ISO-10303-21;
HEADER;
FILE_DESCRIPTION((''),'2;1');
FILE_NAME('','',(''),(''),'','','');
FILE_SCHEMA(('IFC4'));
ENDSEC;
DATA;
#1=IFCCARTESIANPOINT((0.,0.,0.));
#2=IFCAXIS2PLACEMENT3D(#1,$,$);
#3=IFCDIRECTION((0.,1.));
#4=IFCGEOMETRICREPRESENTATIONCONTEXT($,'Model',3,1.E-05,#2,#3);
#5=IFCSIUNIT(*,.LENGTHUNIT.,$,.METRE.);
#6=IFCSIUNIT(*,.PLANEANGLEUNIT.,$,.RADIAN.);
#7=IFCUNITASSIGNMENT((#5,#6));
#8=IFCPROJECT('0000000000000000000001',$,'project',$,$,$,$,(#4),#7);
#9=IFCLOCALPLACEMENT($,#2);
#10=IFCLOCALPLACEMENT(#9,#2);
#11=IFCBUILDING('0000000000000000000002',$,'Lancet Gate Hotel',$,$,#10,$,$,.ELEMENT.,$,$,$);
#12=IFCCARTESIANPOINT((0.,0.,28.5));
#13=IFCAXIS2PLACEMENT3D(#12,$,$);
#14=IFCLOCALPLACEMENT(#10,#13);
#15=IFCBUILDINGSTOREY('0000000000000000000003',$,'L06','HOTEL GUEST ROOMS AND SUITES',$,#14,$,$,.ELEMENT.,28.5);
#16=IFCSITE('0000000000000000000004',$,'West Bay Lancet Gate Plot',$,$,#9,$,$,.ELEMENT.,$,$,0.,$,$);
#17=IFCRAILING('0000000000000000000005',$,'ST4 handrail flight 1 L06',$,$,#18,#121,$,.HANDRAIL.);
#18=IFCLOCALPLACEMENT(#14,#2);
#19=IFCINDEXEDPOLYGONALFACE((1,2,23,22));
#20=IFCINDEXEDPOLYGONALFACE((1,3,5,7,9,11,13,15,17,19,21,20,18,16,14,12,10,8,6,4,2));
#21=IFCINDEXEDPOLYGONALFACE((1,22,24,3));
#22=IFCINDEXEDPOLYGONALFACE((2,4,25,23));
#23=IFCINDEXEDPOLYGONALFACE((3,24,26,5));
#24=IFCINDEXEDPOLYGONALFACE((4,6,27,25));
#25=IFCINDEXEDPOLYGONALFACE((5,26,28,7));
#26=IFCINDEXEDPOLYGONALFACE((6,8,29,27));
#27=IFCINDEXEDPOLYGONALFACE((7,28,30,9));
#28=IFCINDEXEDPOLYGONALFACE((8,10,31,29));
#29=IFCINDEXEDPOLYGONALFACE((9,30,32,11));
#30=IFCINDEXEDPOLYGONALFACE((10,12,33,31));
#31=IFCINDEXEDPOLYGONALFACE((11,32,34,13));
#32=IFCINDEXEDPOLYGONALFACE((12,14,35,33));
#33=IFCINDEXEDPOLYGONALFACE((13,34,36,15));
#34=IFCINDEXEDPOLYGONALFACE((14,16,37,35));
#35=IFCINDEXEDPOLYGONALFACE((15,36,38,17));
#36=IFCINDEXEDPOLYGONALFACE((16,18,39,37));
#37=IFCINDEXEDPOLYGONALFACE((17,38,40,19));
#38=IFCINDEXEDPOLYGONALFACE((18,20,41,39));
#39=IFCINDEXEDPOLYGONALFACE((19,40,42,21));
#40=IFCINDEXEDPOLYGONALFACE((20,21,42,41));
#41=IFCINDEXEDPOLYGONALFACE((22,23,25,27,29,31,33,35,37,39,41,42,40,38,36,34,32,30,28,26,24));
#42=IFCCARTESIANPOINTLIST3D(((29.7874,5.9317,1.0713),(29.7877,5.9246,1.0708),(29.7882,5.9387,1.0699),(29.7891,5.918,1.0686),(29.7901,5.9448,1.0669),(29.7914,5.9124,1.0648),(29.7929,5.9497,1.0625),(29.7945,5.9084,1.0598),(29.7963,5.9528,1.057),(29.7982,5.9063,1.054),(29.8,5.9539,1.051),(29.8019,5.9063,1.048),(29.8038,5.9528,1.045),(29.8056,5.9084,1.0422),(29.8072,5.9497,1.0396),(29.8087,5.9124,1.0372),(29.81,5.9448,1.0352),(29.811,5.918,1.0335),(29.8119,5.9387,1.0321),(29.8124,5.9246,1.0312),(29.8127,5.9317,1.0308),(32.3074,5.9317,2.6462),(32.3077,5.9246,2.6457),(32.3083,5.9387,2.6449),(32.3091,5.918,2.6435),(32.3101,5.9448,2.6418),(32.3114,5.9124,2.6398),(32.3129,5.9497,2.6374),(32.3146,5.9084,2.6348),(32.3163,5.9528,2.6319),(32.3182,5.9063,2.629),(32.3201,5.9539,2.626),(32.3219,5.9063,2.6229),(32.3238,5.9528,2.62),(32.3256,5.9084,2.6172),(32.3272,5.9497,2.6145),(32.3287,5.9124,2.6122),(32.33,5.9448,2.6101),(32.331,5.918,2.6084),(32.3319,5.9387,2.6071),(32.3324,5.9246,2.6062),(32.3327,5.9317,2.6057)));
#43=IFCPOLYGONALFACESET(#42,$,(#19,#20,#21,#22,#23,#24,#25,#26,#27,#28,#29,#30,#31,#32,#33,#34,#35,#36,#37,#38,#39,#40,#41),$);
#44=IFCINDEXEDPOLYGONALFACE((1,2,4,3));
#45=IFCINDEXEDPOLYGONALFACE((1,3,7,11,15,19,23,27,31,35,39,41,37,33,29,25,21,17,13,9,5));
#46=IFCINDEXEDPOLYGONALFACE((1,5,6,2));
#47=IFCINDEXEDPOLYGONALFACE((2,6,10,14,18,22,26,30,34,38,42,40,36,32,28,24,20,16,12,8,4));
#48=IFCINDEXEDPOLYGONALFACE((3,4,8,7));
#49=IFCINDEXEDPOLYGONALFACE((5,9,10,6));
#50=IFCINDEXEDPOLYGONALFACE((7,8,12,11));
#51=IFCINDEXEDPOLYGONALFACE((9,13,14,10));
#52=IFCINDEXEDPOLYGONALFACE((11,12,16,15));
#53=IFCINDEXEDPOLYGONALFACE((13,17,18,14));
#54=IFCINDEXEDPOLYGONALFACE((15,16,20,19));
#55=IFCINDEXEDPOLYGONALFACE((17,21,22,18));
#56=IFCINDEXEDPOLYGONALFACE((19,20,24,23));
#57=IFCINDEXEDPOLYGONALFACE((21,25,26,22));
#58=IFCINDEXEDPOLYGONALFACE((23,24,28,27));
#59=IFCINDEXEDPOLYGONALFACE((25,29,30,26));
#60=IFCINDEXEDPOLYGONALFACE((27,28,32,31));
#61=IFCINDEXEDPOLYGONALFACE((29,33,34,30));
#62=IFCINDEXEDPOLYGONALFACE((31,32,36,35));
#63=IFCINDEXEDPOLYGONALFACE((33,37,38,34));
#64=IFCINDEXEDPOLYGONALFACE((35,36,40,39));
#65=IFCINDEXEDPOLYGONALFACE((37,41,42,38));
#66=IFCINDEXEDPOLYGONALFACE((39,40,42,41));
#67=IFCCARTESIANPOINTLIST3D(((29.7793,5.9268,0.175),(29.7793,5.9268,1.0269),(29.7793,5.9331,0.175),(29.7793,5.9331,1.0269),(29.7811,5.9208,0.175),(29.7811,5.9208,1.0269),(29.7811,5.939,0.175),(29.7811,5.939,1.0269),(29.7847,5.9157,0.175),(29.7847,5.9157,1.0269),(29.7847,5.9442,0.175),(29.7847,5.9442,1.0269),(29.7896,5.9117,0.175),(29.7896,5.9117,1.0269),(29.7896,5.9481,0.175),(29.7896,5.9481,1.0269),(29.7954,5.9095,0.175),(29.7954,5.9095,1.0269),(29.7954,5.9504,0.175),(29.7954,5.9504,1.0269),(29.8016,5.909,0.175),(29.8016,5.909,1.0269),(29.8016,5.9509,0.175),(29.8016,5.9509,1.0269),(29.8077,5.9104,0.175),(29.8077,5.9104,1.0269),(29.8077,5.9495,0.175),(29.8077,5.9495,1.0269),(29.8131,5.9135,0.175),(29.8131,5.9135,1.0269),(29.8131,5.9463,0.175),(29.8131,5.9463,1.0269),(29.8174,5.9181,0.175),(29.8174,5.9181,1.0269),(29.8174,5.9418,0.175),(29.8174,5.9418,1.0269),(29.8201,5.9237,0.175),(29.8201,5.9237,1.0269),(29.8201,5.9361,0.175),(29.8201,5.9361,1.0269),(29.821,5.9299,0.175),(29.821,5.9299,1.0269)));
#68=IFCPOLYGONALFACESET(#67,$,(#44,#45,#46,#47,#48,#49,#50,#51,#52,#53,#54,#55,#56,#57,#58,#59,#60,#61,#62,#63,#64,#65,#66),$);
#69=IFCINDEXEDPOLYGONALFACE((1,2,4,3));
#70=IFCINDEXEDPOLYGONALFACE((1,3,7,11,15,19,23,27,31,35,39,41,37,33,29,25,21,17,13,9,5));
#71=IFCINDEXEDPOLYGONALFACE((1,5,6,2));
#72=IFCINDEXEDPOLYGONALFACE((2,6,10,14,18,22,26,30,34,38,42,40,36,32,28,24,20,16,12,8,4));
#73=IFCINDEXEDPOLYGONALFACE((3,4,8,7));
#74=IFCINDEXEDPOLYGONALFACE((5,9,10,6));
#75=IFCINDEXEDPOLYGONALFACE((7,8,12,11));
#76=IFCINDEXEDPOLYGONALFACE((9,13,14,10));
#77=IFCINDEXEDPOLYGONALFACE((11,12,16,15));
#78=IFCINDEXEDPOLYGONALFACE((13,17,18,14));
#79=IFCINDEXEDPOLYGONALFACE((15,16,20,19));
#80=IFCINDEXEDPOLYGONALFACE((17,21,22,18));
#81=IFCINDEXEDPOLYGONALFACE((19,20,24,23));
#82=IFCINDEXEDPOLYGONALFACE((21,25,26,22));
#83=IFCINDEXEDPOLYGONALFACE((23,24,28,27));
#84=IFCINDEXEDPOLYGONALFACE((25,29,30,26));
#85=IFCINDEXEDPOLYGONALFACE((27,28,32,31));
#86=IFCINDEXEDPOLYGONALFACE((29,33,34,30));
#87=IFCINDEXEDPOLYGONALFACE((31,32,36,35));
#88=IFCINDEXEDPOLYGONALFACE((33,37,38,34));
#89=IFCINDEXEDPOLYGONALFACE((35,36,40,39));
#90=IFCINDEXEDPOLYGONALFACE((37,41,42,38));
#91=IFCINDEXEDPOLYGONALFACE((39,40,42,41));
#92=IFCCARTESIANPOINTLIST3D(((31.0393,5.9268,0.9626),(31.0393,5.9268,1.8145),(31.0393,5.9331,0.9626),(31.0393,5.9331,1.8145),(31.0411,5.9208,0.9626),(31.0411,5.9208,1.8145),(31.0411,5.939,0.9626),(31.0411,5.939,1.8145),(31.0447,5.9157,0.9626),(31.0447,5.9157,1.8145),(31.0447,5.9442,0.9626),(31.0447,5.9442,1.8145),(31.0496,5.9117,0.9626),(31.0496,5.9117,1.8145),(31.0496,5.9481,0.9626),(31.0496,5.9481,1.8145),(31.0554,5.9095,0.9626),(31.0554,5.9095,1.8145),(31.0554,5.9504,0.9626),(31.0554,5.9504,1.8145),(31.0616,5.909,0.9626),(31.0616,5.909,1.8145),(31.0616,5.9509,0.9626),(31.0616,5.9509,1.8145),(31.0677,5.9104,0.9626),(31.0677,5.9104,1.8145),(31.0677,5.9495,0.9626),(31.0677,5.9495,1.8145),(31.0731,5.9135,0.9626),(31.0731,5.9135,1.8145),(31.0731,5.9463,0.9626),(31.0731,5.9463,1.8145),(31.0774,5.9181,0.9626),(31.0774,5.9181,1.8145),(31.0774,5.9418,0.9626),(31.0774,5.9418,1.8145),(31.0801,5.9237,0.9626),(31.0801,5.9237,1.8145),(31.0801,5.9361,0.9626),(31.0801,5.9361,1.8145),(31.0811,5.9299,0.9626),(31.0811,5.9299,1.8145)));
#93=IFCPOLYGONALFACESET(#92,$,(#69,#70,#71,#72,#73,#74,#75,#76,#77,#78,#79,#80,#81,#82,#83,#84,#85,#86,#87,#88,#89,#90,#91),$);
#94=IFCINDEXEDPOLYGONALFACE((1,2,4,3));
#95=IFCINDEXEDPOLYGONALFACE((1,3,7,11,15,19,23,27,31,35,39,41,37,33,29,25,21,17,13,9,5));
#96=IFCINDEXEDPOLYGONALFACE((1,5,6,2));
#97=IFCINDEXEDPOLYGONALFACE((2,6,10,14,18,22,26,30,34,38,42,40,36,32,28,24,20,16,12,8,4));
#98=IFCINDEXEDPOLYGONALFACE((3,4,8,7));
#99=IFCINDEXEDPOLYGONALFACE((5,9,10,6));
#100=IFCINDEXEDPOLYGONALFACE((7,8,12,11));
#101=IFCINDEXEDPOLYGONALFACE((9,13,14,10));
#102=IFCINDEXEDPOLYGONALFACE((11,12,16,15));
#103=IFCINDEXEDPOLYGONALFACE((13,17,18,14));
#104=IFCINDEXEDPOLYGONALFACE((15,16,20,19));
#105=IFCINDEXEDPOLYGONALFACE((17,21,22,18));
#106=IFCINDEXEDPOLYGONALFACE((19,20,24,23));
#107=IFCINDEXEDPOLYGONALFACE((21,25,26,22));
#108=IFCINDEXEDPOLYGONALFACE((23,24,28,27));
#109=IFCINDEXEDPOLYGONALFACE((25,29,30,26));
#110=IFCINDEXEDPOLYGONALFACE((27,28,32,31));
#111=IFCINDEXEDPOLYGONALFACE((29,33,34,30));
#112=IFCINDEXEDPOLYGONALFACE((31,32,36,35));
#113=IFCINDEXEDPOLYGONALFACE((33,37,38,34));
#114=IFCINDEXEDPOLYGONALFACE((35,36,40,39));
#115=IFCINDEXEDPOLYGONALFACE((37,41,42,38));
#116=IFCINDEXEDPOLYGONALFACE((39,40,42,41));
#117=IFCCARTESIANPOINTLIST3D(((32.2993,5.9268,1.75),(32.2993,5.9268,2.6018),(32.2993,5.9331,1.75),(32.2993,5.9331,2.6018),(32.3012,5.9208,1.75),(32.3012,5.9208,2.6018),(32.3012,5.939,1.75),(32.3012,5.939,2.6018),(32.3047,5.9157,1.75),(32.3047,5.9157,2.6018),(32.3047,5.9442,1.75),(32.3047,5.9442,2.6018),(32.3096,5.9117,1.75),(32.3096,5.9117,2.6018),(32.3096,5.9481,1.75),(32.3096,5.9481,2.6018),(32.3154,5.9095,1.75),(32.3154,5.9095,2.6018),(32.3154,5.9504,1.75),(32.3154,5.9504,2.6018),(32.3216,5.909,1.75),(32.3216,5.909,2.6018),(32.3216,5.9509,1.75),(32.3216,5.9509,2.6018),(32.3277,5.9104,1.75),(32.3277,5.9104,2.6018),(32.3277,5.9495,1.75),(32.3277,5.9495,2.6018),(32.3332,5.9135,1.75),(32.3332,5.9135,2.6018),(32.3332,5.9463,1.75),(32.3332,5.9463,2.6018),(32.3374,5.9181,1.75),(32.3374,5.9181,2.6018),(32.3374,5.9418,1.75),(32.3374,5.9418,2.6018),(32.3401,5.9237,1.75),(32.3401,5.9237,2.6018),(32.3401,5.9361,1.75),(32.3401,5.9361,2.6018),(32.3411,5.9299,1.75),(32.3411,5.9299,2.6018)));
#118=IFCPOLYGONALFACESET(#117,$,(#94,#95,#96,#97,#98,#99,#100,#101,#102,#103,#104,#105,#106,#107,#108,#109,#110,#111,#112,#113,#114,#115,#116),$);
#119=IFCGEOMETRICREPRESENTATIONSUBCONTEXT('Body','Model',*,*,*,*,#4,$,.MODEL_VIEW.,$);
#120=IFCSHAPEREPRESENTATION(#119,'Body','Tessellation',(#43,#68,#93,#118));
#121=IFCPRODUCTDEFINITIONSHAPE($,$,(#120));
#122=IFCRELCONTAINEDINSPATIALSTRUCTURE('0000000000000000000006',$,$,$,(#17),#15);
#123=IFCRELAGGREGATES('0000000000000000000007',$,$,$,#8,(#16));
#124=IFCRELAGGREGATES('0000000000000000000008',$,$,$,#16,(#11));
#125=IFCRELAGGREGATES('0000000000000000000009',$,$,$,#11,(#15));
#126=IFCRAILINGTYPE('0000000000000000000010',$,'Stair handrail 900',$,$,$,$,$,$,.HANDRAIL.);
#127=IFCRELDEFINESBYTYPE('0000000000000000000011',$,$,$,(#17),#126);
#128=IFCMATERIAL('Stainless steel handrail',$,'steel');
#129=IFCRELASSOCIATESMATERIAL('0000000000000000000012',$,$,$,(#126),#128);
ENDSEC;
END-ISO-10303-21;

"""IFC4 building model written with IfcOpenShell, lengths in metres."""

from ifc_helpers import new_model, si_unit, direction, frame, origin, origin_2d, place, context, subcontext, project, spatial, circle, extrude, material, type_object, element, save


model = new_model("IFC4")

# Units and contexts
model_context = context("Model", 3, precision=1e-05, world=origin(), true_north=direction((0.0, 1.0)))
body_context = subcontext(model_context, "Body", "Model", "MODEL_VIEW")
ifc_project = project(units=[si_unit("LENGTHUNIT", "METRE"), si_unit("PLANEANGLEUNIT", "RADIAN")], contexts=[model_context])

# Site, building, storey
site_placement = place(None, origin())
site = spatial("IfcSite", under=ifc_project, at=site_placement, Name="West Bay Lancet Gate Plot", CompositionType="ELEMENT", RefElevation=0.0)
building_placement = place(site_placement, origin())
building = spatial("IfcBuilding", under=site, at=building_placement, Name="Lancet Gate Hotel", CompositionType="ELEMENT")
storey_placement = place(building_placement, frame((0.0, 0.0, 28.5)))
storey = spatial("IfcBuildingStorey", under=building, at=storey_placement, Name="L06", Description="HOTEL GUEST ROOMS AND SUITES", CompositionType="ELEMENT", Elevation=28.5)

# Railing
ifc_material_1 = material(Name="Stainless steel handrail", Category="steel")
railing_type = type_object("IfcRailingType", Name="Stair handrail 900", PredefinedType="HANDRAIL", material=ifc_material_1)
railing_1_placement = place(storey_placement, frame((29.8, 5.9299, 0.175)))
element("IfcRailing", 1, at=railing_1_placement, inside=storey, type_object=railing_type, Name="ST4 handrail flight 1 L06", PredefinedType="HANDRAIL", context=body_context, shape_type="SweptSolid", body=[
    extrude(circle(Radius=0.0239, at=origin_2d()), frame((0.0, 0.0, 0.876), z_axis=(0.848008, 0.0, 0.529984), x_axis=(0.0, 1.0, 0.0)), (0.0, 0.0, 1.0), 2.9717),
    extrude(circle(Radius=0.021, at=origin_2d()), origin(), (0.0, 0.0, 1.0), 0.8518),
    extrude(circle(Radius=0.021, at=origin_2d()), frame((1.26, 0.0, 0.7876)), (0.0, 0.0, 1.0), 0.8518),
    extrude(circle(Radius=0.021, at=origin_2d()), frame((2.52, 0.0, 1.575)), (0.0, 0.0, 1.0), 0.8518),
])

save(model, "model.ifc")
